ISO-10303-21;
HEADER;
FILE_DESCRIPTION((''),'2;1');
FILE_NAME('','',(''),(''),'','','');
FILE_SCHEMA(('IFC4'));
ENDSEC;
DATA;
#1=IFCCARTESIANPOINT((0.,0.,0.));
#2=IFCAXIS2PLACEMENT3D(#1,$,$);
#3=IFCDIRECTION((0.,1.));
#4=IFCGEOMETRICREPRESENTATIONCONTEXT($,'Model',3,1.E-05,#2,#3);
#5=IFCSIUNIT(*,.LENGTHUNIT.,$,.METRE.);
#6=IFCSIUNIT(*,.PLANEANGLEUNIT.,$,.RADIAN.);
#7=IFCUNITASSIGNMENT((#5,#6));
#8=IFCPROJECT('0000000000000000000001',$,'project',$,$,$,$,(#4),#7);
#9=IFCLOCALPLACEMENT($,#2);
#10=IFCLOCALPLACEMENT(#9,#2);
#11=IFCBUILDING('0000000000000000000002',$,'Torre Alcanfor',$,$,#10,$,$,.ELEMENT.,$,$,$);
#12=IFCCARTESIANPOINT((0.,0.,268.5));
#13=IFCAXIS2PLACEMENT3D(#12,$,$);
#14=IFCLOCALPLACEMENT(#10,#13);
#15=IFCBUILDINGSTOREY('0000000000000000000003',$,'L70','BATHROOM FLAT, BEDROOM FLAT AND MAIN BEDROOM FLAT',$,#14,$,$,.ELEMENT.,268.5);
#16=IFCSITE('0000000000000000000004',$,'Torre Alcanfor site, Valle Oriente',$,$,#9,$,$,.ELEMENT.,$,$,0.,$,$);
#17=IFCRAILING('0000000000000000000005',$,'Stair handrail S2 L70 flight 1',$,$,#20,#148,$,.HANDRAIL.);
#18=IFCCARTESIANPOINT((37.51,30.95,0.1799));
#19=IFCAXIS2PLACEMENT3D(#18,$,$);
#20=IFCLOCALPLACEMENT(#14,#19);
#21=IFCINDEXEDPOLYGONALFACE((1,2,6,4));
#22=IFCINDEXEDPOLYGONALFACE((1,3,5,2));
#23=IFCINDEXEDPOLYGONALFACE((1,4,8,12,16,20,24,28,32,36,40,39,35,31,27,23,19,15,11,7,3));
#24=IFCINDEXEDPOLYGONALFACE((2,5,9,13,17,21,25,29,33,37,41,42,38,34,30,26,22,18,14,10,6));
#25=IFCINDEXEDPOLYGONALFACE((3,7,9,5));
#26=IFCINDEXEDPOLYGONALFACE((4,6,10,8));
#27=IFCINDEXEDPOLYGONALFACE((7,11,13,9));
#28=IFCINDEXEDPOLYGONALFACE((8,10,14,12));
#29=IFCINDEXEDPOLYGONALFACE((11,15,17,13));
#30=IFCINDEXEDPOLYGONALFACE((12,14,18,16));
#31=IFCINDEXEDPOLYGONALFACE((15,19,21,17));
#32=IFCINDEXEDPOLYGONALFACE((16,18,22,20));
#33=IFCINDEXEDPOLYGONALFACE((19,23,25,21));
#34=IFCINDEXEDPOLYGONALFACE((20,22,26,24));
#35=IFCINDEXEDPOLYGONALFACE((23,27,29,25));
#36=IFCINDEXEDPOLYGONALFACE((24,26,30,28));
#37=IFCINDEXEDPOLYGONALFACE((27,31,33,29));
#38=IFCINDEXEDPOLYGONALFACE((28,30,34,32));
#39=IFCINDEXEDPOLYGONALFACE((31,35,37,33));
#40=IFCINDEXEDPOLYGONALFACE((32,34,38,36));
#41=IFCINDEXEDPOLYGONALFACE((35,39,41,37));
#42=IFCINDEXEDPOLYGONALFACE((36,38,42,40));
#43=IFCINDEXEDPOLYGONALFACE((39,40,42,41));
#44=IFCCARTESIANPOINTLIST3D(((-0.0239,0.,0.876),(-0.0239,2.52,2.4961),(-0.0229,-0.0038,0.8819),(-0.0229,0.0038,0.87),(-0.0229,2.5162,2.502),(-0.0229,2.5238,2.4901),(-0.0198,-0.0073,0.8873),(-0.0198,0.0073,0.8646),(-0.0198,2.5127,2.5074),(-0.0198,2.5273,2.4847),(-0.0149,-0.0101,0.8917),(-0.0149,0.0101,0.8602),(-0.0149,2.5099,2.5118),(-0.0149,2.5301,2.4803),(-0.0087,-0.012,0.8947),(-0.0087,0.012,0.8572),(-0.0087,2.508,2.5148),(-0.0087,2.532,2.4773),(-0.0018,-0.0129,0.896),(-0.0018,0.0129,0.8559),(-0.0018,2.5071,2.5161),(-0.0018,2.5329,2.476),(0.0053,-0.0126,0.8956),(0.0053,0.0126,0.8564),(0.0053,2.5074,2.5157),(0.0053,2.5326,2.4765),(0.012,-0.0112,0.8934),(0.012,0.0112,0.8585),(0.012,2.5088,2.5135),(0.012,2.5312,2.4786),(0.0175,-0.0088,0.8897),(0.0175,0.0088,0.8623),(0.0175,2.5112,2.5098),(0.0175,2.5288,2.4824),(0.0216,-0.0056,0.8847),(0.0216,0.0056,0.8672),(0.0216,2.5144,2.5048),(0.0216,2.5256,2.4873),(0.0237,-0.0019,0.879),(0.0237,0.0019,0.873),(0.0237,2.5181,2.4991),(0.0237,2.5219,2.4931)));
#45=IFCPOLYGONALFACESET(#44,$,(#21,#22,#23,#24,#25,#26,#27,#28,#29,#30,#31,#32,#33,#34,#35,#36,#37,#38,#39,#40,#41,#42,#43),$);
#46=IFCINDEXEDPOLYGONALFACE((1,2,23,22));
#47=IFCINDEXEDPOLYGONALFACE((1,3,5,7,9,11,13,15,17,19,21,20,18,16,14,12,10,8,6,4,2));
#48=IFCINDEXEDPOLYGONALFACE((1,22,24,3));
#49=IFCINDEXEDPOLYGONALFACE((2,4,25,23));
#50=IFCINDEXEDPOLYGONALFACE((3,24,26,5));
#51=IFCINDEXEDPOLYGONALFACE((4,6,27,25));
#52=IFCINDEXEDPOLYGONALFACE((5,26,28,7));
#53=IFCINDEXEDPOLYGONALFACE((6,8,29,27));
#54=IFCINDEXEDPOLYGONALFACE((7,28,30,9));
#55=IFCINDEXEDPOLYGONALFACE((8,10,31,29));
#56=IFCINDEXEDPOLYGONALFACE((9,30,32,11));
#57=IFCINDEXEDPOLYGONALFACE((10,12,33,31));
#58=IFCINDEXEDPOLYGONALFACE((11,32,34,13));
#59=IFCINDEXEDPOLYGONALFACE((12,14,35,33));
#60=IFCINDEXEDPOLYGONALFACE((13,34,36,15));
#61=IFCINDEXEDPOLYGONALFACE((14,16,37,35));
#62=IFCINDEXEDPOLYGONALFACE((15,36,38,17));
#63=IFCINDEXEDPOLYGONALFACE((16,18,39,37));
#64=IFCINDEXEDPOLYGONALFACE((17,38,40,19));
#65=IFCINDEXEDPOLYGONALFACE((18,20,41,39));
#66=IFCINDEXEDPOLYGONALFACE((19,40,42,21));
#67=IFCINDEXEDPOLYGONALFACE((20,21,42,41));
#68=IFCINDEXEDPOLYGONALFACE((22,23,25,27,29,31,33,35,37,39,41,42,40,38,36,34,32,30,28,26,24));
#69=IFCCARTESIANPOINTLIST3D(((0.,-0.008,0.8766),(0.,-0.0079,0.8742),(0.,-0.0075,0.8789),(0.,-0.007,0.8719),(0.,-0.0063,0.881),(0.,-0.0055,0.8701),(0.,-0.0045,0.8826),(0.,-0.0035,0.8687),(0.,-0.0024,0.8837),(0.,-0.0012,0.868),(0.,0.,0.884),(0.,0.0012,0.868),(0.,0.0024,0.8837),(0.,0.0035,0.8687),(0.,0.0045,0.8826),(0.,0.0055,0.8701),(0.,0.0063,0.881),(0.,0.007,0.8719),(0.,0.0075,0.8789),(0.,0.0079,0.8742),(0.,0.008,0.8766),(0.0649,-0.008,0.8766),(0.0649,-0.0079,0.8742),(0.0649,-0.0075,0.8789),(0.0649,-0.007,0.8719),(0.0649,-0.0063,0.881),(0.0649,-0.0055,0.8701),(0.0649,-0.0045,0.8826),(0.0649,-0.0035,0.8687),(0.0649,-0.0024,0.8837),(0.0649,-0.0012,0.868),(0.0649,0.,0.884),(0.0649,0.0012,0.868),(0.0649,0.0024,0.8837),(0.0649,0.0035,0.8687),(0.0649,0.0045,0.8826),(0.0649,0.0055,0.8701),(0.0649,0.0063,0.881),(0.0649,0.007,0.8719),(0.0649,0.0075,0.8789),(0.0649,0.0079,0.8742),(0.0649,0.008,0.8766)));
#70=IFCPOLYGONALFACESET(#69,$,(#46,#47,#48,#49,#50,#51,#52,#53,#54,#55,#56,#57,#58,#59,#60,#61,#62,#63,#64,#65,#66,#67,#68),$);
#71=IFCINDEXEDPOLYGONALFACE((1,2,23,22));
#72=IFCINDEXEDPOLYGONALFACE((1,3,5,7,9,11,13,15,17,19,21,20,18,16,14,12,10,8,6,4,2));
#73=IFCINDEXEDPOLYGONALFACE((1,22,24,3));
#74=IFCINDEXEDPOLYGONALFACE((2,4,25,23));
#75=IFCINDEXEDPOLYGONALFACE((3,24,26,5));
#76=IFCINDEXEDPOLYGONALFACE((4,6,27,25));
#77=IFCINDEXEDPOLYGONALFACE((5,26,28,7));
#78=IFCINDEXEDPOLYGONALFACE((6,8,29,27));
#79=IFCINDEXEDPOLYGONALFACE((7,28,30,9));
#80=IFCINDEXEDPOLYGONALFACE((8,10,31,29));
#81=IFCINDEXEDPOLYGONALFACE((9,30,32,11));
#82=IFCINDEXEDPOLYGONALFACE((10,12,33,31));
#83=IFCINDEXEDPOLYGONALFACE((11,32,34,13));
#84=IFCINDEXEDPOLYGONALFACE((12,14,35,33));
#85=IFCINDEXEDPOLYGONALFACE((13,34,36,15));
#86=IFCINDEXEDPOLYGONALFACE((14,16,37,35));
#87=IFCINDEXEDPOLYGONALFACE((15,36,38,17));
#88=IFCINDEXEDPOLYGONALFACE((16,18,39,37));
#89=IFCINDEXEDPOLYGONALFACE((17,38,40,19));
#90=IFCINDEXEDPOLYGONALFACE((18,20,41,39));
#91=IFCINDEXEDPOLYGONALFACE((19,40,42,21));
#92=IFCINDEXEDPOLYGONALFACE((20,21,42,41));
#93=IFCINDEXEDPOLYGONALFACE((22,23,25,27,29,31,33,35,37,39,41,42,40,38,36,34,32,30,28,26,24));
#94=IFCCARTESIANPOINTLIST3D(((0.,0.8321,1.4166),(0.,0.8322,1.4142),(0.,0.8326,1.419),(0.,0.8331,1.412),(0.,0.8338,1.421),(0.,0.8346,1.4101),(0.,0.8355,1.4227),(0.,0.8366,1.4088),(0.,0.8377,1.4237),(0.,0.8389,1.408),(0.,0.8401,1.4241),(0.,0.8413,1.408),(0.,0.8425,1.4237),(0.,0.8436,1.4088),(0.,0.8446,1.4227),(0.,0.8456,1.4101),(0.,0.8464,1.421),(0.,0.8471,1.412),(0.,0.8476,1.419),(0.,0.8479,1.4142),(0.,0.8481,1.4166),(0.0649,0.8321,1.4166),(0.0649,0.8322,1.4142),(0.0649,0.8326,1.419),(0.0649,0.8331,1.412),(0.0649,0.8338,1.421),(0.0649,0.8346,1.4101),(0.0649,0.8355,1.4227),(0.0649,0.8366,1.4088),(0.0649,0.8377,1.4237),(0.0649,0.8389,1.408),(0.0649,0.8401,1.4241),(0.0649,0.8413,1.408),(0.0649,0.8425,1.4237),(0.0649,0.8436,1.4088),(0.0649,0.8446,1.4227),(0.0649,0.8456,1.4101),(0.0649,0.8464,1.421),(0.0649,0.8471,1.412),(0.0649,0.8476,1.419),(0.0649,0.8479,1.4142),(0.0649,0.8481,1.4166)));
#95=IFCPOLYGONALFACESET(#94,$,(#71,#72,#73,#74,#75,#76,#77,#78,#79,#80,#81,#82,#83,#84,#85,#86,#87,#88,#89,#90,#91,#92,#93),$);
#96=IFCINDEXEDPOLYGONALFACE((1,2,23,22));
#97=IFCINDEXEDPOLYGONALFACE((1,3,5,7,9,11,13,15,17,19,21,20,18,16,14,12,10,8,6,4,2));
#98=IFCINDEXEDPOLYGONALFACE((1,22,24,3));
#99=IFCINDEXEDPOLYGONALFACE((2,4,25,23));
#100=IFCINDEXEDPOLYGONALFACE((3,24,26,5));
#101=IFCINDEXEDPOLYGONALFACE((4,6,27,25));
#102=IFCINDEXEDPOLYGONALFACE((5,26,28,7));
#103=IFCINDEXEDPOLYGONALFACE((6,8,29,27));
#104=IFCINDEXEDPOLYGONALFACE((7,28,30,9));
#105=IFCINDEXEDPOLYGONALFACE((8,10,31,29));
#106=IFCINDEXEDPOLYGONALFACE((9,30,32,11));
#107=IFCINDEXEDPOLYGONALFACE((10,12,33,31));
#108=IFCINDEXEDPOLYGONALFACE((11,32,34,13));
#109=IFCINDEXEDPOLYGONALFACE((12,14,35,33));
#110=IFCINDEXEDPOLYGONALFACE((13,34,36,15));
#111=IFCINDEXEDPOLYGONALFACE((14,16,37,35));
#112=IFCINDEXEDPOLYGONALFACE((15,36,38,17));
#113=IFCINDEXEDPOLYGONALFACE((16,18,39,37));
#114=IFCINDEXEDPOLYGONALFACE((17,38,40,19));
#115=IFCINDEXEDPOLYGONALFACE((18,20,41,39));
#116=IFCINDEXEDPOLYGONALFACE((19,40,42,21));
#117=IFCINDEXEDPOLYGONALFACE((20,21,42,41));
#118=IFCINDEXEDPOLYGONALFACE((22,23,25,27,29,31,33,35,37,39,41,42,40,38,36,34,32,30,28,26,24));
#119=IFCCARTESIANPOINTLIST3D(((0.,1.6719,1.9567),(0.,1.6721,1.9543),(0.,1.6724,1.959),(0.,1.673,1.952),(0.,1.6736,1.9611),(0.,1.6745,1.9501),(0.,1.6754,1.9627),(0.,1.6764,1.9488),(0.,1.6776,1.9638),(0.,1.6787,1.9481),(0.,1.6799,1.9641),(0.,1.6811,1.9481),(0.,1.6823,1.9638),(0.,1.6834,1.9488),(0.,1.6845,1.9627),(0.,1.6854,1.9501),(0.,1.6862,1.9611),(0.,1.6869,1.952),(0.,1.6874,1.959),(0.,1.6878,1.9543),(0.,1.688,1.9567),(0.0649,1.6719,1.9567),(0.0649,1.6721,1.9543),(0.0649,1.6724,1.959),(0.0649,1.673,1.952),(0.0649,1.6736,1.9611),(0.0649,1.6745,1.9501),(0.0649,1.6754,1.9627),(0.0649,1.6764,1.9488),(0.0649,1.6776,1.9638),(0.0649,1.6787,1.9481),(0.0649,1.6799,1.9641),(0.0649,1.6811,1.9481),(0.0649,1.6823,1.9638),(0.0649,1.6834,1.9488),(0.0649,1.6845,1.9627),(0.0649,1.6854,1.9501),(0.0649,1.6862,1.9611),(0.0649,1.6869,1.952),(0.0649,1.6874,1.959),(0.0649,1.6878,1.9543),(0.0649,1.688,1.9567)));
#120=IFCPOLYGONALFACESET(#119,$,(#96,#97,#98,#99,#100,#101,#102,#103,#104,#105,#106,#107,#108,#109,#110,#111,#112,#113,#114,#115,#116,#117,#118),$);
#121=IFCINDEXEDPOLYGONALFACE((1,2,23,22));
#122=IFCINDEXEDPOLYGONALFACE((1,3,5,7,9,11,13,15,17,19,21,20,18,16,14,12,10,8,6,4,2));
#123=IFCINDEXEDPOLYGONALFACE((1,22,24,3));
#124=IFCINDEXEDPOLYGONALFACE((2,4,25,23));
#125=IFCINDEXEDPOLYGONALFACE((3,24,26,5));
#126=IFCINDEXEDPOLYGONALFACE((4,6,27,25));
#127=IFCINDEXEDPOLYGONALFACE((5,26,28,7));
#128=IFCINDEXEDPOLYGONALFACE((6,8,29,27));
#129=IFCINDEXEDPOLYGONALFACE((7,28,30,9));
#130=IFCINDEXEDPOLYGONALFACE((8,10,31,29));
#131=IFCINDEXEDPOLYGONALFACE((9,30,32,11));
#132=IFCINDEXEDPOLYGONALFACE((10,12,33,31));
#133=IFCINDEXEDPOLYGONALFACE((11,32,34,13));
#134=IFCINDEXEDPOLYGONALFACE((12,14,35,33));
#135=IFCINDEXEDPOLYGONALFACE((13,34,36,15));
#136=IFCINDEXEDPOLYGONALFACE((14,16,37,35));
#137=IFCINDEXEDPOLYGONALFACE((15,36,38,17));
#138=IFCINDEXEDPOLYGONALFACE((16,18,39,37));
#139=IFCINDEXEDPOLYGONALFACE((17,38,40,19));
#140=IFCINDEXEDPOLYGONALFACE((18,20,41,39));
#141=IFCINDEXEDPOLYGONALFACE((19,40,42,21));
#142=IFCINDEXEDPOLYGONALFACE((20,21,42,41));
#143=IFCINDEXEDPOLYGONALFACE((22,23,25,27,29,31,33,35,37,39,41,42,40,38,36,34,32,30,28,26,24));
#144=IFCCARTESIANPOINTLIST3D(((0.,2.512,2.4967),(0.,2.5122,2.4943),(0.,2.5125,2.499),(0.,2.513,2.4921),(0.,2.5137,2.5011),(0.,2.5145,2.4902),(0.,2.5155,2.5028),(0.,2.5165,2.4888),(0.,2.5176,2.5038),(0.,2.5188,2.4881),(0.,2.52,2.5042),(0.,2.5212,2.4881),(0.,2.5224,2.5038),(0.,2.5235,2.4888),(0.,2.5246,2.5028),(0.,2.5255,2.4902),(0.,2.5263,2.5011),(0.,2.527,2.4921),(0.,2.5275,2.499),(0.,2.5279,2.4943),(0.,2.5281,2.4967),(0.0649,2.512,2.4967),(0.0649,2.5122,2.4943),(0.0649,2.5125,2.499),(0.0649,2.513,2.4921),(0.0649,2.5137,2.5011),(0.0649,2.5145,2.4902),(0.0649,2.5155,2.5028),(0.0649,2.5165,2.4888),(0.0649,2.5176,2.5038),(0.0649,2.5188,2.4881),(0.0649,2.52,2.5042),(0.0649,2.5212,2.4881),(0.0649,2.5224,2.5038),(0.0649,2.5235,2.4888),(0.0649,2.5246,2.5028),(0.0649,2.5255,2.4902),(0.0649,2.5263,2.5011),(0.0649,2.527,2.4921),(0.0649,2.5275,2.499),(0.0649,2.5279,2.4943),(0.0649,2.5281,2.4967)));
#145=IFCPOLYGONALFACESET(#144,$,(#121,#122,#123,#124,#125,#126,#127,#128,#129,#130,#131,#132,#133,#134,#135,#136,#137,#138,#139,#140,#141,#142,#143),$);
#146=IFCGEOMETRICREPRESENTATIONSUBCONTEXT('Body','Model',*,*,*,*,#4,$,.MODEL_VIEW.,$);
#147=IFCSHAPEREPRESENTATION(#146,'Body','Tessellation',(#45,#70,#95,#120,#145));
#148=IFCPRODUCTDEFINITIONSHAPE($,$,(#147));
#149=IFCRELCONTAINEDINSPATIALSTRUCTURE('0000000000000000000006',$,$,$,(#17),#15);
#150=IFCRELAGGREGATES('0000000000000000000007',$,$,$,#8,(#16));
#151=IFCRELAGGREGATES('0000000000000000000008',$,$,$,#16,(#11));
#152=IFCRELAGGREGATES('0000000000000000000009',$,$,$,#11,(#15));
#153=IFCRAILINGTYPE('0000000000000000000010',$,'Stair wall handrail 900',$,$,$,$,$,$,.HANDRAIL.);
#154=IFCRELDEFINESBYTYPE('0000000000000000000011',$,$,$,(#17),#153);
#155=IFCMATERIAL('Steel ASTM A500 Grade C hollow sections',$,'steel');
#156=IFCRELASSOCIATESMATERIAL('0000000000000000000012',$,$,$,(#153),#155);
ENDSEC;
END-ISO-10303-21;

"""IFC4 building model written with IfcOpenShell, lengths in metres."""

from ifc_helpers import new_model, si_unit, direction, frame, origin, origin_2d, place, context, subcontext, project, spatial, circle, extrude, material, type_object, element, save


model = new_model("IFC4")

# Units and contexts
model_context = context("Model", 3, precision=1e-05, world=origin(), true_north=direction((0.0, 1.0)))
body_context = subcontext(model_context, "Body", "Model", "MODEL_VIEW")
ifc_project = project(units=[si_unit("LENGTHUNIT", "METRE"), si_unit("PLANEANGLEUNIT", "RADIAN")], contexts=[model_context])

# Site, building, storey
site_placement = place(None, origin())
site = spatial("IfcSite", under=ifc_project, at=site_placement, Name="Torre Alcanfor site, Valle Oriente", CompositionType="ELEMENT", RefElevation=0.0)
building_placement = place(site_placement, origin())
building = spatial("IfcBuilding", under=site, at=building_placement, Name="Torre Alcanfor", CompositionType="ELEMENT")
storey_placement = place(building_placement, frame((0.0, 0.0, 268.5)))
storey = spatial("IfcBuildingStorey", under=building, at=storey_placement, Name="L70", Description="BATHROOM FLAT, BEDROOM FLAT AND MAIN BEDROOM FLAT", CompositionType="ELEMENT", Elevation=268.5)

# Railing
ifc_material_1 = material(Name="Steel ASTM A500 Grade C hollow sections", Category="steel")
railing_type_1 = type_object("IfcRailingType", Name="Stair wall handrail 900", PredefinedType="HANDRAIL", material=ifc_material_1)
railing_1_placement = place(storey_placement, frame((37.51, 30.95, 0.1799)))
element("IfcRailing", 1, at=railing_1_placement, inside=storey, type_object=railing_type_1, Name="Stair handrail S2 L70 flight 1", PredefinedType="HANDRAIL", context=body_context, shape_type="SweptSolid", body=[
    extrude(circle(Radius=0.0239, at=origin_2d()), frame((0.0, 0.0, 0.876), z_axis=(0.0, 0.841163, 0.540782), x_axis=(-1.0, 0.0, 0.0)), (0.0, 0.0, 1.0), 2.9958),
    extrude(circle(Radius=0.0081, at=origin_2d()), frame((0.0, 0.0, 0.876), z_axis=(1.0, 0.0, 0.0), x_axis=(0.0, 0.0, 1.0)), (0.0, 0.0, 1.0), 0.0649),
    extrude(circle(Radius=0.0081, at=origin_2d()), frame((0.0, 0.8401, 1.416), z_axis=(1.0, 0.0, 0.0), x_axis=(0.0, 0.0, 1.0)), (0.0, 0.0, 1.0), 0.0649),
    extrude(circle(Radius=0.0081, at=origin_2d()), frame((0.0, 1.6799, 1.9561), z_axis=(1.0, 0.0, 0.0), x_axis=(0.0, 0.0, 1.0)), (0.0, 0.0, 1.0), 0.0649),
    extrude(circle(Radius=0.0081, at=origin_2d()), frame((0.0, 2.52, 2.4961), z_axis=(1.0, 0.0, 0.0), x_axis=(0.0, 0.0, 1.0)), (0.0, 0.0, 1.0), 0.0649),
])

save(model, "model.ifc")
